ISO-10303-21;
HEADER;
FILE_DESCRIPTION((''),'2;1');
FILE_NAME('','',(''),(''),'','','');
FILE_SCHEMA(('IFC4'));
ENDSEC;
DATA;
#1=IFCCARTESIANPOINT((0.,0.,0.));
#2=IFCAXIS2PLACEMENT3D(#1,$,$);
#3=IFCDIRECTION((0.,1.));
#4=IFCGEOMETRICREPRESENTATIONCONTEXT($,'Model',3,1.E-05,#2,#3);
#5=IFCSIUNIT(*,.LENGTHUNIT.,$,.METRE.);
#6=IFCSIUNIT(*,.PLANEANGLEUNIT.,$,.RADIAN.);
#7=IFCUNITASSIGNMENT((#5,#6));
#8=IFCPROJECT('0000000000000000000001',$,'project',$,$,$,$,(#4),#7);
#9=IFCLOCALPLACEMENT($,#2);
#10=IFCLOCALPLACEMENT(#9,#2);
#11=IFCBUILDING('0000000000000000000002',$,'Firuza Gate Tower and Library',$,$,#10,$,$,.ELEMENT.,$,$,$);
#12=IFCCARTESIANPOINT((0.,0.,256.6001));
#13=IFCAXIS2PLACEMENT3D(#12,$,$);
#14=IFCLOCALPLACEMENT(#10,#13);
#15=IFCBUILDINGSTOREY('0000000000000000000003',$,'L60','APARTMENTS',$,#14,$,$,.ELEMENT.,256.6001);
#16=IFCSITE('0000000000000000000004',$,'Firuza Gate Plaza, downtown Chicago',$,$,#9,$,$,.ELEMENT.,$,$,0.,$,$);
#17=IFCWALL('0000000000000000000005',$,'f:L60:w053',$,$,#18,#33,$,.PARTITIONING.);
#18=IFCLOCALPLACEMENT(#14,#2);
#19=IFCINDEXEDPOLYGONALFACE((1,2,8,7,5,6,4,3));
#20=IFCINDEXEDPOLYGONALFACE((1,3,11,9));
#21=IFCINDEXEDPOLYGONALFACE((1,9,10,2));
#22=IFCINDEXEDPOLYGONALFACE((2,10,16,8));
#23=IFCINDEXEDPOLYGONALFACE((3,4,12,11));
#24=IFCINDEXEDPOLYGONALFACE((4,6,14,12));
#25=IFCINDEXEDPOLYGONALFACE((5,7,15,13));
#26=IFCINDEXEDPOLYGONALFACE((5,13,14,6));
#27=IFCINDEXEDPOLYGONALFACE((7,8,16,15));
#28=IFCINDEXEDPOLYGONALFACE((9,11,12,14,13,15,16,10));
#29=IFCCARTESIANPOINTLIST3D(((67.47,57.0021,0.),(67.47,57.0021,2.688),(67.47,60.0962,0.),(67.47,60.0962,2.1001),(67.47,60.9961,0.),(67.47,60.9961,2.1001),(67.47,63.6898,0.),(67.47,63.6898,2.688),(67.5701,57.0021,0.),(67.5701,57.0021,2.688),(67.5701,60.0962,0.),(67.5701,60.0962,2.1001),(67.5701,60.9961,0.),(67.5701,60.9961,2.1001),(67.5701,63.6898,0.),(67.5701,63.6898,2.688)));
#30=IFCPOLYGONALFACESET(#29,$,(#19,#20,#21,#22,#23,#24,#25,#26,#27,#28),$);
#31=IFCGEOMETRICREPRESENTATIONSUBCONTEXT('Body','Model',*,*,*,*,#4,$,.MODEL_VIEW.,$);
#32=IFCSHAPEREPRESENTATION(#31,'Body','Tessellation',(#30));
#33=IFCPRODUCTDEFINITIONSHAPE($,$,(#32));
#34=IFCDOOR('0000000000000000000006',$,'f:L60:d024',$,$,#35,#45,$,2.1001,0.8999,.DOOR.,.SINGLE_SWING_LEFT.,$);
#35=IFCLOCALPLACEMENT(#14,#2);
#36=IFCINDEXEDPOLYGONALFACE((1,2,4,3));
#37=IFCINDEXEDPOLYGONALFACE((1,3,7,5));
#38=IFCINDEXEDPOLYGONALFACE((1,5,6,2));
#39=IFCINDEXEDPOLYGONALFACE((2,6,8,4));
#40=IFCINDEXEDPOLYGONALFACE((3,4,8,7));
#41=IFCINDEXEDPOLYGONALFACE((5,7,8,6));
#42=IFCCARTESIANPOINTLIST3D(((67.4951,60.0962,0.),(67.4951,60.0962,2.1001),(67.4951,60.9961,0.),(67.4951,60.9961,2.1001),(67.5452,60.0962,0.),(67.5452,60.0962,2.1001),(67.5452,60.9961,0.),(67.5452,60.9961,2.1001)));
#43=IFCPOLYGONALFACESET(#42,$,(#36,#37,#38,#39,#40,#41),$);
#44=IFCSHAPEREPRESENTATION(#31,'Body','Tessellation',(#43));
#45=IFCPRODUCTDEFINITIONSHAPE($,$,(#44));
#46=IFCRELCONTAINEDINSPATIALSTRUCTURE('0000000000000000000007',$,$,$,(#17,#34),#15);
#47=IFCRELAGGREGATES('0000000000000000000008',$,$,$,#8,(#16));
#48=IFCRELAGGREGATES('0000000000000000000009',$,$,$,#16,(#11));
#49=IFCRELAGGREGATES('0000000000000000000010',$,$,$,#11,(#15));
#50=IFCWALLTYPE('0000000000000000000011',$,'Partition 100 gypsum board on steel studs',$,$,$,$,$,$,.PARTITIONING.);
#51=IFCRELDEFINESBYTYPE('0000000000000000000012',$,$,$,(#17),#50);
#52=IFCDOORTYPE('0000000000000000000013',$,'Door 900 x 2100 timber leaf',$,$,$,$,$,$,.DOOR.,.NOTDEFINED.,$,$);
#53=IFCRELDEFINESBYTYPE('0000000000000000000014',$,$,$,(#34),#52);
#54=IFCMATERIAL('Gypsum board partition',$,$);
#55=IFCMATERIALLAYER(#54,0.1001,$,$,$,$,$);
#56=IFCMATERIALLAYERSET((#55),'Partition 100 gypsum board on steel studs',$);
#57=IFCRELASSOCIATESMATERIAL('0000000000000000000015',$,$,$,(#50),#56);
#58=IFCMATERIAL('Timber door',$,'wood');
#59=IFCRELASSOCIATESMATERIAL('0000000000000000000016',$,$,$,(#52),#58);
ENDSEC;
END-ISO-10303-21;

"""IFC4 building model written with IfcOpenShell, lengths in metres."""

from ifc_helpers import new_model, si_unit, direction, frame, frame_2d, origin, place, context, subcontext, project, spatial, rectangle, extrude, material, layer, layer_set, type_object, element, fill, save


model = new_model("IFC4")

# Units and contexts
model_context = context("Model", 3, precision=1e-05, world=origin(), true_north=direction((0.0, 1.0)))
body_context = subcontext(model_context, "Body", "Model", "MODEL_VIEW")
ifc_project = project(units=[si_unit("LENGTHUNIT", "METRE"), si_unit("PLANEANGLEUNIT", "RADIAN")], contexts=[model_context])

# Site, building, storey
site_placement = place(None, origin())
site = spatial("IfcSite", under=ifc_project, at=site_placement, Name="Firuza Gate Plaza, downtown Chicago", CompositionType="ELEMENT", RefElevation=0.0)
building_placement = place(site_placement, origin())
building = spatial("IfcBuilding", under=site, at=building_placement, Name="Firuza Gate Tower and Library", CompositionType="ELEMENT")
storey_placement = place(building_placement, frame((0.0, 0.0, 256.6001)))
storey = spatial("IfcBuildingStorey", under=building, at=storey_placement, Name="L60", Description="APARTMENTS", CompositionType="ELEMENT", Elevation=256.6001)

# Shared definitions
ifc_material_1 = material(Name="Gypsum board partition")
ifc_layer_1 = layer(ifc_material_1, 0.1001)
ifc_layer_set_1 = layer_set([ifc_layer_1], Name="Partition 100 gypsum board on steel studs")
wall_type = type_object("IfcWallType", Name="Partition 100 gypsum board on steel studs", PredefinedType="PARTITIONING", material=ifc_layer_set_1)

# Wall, opening, door
wall_1_placement = place(storey_placement, frame((67.52, 57.0022, 0.0), z_axis=(0.0, 0.0, 1.0), x_axis=(0.0, 1.0, 0.0)))
wall_1 = element("IfcWall", 1, at=wall_1_placement, inside=storey, type_object=wall_type, Name="f:L60:w053", PredefinedType="PARTITIONING", context=body_context, shape_type="SweptSolid", body=[
    extrude(rectangle(XDim=6.6877, YDim=0.1001, at=frame_2d((3.3438, 0.0))), origin(), (0.0, 0.0, 1.0), 2.688),
])
opening_placement = place(wall_1_placement, frame((3.094, 0.0, 0.0)))
opening = element("IfcOpeningElement", 2, at=opening_placement, cuts=wall_1, PredefinedType="OPENING", context=body_context, shape_type="SweptSolid", body=[
    extrude(rectangle(XDim=0.8999, YDim=2.1001, at=frame_2d((0.45, 1.05))), frame((0.0, 0.0601, 0.0), z_axis=(0.0, -1.0, 0.0), x_axis=(1.0, 0.0, 0.0)), (0.0, 0.0, 1.0), 0.1201),
])
ifc_material_2 = material(Name="Timber door", Category="wood")
door_type = type_object("IfcDoorType", Name="Door 900 x 2100 timber leaf", OperationType="NOTDEFINED", PredefinedType="DOOR", material=ifc_material_2)
door_placement = place(opening_placement, origin())
door = element("IfcDoor", 3, at=door_placement, inside=storey, type_object=door_type, Name="f:L60:d024", OperationType="SINGLE_SWING_LEFT", OverallHeight=2.1001, OverallWidth=0.8999, PredefinedType="DOOR", context=body_context, shape_type="SweptSolid", body=[
    extrude(rectangle(XDim=0.8999, YDim=2.1001, at=frame_2d((0.45, 1.05))), frame((0.0, 0.0249, 0.0), z_axis=(0.0, -1.0, 0.0), x_axis=(1.0, 0.0, 0.0)), (0.0, 0.0, 1.0), 0.05),
])
fill(opening, door)

save(model, "model.ifc")
